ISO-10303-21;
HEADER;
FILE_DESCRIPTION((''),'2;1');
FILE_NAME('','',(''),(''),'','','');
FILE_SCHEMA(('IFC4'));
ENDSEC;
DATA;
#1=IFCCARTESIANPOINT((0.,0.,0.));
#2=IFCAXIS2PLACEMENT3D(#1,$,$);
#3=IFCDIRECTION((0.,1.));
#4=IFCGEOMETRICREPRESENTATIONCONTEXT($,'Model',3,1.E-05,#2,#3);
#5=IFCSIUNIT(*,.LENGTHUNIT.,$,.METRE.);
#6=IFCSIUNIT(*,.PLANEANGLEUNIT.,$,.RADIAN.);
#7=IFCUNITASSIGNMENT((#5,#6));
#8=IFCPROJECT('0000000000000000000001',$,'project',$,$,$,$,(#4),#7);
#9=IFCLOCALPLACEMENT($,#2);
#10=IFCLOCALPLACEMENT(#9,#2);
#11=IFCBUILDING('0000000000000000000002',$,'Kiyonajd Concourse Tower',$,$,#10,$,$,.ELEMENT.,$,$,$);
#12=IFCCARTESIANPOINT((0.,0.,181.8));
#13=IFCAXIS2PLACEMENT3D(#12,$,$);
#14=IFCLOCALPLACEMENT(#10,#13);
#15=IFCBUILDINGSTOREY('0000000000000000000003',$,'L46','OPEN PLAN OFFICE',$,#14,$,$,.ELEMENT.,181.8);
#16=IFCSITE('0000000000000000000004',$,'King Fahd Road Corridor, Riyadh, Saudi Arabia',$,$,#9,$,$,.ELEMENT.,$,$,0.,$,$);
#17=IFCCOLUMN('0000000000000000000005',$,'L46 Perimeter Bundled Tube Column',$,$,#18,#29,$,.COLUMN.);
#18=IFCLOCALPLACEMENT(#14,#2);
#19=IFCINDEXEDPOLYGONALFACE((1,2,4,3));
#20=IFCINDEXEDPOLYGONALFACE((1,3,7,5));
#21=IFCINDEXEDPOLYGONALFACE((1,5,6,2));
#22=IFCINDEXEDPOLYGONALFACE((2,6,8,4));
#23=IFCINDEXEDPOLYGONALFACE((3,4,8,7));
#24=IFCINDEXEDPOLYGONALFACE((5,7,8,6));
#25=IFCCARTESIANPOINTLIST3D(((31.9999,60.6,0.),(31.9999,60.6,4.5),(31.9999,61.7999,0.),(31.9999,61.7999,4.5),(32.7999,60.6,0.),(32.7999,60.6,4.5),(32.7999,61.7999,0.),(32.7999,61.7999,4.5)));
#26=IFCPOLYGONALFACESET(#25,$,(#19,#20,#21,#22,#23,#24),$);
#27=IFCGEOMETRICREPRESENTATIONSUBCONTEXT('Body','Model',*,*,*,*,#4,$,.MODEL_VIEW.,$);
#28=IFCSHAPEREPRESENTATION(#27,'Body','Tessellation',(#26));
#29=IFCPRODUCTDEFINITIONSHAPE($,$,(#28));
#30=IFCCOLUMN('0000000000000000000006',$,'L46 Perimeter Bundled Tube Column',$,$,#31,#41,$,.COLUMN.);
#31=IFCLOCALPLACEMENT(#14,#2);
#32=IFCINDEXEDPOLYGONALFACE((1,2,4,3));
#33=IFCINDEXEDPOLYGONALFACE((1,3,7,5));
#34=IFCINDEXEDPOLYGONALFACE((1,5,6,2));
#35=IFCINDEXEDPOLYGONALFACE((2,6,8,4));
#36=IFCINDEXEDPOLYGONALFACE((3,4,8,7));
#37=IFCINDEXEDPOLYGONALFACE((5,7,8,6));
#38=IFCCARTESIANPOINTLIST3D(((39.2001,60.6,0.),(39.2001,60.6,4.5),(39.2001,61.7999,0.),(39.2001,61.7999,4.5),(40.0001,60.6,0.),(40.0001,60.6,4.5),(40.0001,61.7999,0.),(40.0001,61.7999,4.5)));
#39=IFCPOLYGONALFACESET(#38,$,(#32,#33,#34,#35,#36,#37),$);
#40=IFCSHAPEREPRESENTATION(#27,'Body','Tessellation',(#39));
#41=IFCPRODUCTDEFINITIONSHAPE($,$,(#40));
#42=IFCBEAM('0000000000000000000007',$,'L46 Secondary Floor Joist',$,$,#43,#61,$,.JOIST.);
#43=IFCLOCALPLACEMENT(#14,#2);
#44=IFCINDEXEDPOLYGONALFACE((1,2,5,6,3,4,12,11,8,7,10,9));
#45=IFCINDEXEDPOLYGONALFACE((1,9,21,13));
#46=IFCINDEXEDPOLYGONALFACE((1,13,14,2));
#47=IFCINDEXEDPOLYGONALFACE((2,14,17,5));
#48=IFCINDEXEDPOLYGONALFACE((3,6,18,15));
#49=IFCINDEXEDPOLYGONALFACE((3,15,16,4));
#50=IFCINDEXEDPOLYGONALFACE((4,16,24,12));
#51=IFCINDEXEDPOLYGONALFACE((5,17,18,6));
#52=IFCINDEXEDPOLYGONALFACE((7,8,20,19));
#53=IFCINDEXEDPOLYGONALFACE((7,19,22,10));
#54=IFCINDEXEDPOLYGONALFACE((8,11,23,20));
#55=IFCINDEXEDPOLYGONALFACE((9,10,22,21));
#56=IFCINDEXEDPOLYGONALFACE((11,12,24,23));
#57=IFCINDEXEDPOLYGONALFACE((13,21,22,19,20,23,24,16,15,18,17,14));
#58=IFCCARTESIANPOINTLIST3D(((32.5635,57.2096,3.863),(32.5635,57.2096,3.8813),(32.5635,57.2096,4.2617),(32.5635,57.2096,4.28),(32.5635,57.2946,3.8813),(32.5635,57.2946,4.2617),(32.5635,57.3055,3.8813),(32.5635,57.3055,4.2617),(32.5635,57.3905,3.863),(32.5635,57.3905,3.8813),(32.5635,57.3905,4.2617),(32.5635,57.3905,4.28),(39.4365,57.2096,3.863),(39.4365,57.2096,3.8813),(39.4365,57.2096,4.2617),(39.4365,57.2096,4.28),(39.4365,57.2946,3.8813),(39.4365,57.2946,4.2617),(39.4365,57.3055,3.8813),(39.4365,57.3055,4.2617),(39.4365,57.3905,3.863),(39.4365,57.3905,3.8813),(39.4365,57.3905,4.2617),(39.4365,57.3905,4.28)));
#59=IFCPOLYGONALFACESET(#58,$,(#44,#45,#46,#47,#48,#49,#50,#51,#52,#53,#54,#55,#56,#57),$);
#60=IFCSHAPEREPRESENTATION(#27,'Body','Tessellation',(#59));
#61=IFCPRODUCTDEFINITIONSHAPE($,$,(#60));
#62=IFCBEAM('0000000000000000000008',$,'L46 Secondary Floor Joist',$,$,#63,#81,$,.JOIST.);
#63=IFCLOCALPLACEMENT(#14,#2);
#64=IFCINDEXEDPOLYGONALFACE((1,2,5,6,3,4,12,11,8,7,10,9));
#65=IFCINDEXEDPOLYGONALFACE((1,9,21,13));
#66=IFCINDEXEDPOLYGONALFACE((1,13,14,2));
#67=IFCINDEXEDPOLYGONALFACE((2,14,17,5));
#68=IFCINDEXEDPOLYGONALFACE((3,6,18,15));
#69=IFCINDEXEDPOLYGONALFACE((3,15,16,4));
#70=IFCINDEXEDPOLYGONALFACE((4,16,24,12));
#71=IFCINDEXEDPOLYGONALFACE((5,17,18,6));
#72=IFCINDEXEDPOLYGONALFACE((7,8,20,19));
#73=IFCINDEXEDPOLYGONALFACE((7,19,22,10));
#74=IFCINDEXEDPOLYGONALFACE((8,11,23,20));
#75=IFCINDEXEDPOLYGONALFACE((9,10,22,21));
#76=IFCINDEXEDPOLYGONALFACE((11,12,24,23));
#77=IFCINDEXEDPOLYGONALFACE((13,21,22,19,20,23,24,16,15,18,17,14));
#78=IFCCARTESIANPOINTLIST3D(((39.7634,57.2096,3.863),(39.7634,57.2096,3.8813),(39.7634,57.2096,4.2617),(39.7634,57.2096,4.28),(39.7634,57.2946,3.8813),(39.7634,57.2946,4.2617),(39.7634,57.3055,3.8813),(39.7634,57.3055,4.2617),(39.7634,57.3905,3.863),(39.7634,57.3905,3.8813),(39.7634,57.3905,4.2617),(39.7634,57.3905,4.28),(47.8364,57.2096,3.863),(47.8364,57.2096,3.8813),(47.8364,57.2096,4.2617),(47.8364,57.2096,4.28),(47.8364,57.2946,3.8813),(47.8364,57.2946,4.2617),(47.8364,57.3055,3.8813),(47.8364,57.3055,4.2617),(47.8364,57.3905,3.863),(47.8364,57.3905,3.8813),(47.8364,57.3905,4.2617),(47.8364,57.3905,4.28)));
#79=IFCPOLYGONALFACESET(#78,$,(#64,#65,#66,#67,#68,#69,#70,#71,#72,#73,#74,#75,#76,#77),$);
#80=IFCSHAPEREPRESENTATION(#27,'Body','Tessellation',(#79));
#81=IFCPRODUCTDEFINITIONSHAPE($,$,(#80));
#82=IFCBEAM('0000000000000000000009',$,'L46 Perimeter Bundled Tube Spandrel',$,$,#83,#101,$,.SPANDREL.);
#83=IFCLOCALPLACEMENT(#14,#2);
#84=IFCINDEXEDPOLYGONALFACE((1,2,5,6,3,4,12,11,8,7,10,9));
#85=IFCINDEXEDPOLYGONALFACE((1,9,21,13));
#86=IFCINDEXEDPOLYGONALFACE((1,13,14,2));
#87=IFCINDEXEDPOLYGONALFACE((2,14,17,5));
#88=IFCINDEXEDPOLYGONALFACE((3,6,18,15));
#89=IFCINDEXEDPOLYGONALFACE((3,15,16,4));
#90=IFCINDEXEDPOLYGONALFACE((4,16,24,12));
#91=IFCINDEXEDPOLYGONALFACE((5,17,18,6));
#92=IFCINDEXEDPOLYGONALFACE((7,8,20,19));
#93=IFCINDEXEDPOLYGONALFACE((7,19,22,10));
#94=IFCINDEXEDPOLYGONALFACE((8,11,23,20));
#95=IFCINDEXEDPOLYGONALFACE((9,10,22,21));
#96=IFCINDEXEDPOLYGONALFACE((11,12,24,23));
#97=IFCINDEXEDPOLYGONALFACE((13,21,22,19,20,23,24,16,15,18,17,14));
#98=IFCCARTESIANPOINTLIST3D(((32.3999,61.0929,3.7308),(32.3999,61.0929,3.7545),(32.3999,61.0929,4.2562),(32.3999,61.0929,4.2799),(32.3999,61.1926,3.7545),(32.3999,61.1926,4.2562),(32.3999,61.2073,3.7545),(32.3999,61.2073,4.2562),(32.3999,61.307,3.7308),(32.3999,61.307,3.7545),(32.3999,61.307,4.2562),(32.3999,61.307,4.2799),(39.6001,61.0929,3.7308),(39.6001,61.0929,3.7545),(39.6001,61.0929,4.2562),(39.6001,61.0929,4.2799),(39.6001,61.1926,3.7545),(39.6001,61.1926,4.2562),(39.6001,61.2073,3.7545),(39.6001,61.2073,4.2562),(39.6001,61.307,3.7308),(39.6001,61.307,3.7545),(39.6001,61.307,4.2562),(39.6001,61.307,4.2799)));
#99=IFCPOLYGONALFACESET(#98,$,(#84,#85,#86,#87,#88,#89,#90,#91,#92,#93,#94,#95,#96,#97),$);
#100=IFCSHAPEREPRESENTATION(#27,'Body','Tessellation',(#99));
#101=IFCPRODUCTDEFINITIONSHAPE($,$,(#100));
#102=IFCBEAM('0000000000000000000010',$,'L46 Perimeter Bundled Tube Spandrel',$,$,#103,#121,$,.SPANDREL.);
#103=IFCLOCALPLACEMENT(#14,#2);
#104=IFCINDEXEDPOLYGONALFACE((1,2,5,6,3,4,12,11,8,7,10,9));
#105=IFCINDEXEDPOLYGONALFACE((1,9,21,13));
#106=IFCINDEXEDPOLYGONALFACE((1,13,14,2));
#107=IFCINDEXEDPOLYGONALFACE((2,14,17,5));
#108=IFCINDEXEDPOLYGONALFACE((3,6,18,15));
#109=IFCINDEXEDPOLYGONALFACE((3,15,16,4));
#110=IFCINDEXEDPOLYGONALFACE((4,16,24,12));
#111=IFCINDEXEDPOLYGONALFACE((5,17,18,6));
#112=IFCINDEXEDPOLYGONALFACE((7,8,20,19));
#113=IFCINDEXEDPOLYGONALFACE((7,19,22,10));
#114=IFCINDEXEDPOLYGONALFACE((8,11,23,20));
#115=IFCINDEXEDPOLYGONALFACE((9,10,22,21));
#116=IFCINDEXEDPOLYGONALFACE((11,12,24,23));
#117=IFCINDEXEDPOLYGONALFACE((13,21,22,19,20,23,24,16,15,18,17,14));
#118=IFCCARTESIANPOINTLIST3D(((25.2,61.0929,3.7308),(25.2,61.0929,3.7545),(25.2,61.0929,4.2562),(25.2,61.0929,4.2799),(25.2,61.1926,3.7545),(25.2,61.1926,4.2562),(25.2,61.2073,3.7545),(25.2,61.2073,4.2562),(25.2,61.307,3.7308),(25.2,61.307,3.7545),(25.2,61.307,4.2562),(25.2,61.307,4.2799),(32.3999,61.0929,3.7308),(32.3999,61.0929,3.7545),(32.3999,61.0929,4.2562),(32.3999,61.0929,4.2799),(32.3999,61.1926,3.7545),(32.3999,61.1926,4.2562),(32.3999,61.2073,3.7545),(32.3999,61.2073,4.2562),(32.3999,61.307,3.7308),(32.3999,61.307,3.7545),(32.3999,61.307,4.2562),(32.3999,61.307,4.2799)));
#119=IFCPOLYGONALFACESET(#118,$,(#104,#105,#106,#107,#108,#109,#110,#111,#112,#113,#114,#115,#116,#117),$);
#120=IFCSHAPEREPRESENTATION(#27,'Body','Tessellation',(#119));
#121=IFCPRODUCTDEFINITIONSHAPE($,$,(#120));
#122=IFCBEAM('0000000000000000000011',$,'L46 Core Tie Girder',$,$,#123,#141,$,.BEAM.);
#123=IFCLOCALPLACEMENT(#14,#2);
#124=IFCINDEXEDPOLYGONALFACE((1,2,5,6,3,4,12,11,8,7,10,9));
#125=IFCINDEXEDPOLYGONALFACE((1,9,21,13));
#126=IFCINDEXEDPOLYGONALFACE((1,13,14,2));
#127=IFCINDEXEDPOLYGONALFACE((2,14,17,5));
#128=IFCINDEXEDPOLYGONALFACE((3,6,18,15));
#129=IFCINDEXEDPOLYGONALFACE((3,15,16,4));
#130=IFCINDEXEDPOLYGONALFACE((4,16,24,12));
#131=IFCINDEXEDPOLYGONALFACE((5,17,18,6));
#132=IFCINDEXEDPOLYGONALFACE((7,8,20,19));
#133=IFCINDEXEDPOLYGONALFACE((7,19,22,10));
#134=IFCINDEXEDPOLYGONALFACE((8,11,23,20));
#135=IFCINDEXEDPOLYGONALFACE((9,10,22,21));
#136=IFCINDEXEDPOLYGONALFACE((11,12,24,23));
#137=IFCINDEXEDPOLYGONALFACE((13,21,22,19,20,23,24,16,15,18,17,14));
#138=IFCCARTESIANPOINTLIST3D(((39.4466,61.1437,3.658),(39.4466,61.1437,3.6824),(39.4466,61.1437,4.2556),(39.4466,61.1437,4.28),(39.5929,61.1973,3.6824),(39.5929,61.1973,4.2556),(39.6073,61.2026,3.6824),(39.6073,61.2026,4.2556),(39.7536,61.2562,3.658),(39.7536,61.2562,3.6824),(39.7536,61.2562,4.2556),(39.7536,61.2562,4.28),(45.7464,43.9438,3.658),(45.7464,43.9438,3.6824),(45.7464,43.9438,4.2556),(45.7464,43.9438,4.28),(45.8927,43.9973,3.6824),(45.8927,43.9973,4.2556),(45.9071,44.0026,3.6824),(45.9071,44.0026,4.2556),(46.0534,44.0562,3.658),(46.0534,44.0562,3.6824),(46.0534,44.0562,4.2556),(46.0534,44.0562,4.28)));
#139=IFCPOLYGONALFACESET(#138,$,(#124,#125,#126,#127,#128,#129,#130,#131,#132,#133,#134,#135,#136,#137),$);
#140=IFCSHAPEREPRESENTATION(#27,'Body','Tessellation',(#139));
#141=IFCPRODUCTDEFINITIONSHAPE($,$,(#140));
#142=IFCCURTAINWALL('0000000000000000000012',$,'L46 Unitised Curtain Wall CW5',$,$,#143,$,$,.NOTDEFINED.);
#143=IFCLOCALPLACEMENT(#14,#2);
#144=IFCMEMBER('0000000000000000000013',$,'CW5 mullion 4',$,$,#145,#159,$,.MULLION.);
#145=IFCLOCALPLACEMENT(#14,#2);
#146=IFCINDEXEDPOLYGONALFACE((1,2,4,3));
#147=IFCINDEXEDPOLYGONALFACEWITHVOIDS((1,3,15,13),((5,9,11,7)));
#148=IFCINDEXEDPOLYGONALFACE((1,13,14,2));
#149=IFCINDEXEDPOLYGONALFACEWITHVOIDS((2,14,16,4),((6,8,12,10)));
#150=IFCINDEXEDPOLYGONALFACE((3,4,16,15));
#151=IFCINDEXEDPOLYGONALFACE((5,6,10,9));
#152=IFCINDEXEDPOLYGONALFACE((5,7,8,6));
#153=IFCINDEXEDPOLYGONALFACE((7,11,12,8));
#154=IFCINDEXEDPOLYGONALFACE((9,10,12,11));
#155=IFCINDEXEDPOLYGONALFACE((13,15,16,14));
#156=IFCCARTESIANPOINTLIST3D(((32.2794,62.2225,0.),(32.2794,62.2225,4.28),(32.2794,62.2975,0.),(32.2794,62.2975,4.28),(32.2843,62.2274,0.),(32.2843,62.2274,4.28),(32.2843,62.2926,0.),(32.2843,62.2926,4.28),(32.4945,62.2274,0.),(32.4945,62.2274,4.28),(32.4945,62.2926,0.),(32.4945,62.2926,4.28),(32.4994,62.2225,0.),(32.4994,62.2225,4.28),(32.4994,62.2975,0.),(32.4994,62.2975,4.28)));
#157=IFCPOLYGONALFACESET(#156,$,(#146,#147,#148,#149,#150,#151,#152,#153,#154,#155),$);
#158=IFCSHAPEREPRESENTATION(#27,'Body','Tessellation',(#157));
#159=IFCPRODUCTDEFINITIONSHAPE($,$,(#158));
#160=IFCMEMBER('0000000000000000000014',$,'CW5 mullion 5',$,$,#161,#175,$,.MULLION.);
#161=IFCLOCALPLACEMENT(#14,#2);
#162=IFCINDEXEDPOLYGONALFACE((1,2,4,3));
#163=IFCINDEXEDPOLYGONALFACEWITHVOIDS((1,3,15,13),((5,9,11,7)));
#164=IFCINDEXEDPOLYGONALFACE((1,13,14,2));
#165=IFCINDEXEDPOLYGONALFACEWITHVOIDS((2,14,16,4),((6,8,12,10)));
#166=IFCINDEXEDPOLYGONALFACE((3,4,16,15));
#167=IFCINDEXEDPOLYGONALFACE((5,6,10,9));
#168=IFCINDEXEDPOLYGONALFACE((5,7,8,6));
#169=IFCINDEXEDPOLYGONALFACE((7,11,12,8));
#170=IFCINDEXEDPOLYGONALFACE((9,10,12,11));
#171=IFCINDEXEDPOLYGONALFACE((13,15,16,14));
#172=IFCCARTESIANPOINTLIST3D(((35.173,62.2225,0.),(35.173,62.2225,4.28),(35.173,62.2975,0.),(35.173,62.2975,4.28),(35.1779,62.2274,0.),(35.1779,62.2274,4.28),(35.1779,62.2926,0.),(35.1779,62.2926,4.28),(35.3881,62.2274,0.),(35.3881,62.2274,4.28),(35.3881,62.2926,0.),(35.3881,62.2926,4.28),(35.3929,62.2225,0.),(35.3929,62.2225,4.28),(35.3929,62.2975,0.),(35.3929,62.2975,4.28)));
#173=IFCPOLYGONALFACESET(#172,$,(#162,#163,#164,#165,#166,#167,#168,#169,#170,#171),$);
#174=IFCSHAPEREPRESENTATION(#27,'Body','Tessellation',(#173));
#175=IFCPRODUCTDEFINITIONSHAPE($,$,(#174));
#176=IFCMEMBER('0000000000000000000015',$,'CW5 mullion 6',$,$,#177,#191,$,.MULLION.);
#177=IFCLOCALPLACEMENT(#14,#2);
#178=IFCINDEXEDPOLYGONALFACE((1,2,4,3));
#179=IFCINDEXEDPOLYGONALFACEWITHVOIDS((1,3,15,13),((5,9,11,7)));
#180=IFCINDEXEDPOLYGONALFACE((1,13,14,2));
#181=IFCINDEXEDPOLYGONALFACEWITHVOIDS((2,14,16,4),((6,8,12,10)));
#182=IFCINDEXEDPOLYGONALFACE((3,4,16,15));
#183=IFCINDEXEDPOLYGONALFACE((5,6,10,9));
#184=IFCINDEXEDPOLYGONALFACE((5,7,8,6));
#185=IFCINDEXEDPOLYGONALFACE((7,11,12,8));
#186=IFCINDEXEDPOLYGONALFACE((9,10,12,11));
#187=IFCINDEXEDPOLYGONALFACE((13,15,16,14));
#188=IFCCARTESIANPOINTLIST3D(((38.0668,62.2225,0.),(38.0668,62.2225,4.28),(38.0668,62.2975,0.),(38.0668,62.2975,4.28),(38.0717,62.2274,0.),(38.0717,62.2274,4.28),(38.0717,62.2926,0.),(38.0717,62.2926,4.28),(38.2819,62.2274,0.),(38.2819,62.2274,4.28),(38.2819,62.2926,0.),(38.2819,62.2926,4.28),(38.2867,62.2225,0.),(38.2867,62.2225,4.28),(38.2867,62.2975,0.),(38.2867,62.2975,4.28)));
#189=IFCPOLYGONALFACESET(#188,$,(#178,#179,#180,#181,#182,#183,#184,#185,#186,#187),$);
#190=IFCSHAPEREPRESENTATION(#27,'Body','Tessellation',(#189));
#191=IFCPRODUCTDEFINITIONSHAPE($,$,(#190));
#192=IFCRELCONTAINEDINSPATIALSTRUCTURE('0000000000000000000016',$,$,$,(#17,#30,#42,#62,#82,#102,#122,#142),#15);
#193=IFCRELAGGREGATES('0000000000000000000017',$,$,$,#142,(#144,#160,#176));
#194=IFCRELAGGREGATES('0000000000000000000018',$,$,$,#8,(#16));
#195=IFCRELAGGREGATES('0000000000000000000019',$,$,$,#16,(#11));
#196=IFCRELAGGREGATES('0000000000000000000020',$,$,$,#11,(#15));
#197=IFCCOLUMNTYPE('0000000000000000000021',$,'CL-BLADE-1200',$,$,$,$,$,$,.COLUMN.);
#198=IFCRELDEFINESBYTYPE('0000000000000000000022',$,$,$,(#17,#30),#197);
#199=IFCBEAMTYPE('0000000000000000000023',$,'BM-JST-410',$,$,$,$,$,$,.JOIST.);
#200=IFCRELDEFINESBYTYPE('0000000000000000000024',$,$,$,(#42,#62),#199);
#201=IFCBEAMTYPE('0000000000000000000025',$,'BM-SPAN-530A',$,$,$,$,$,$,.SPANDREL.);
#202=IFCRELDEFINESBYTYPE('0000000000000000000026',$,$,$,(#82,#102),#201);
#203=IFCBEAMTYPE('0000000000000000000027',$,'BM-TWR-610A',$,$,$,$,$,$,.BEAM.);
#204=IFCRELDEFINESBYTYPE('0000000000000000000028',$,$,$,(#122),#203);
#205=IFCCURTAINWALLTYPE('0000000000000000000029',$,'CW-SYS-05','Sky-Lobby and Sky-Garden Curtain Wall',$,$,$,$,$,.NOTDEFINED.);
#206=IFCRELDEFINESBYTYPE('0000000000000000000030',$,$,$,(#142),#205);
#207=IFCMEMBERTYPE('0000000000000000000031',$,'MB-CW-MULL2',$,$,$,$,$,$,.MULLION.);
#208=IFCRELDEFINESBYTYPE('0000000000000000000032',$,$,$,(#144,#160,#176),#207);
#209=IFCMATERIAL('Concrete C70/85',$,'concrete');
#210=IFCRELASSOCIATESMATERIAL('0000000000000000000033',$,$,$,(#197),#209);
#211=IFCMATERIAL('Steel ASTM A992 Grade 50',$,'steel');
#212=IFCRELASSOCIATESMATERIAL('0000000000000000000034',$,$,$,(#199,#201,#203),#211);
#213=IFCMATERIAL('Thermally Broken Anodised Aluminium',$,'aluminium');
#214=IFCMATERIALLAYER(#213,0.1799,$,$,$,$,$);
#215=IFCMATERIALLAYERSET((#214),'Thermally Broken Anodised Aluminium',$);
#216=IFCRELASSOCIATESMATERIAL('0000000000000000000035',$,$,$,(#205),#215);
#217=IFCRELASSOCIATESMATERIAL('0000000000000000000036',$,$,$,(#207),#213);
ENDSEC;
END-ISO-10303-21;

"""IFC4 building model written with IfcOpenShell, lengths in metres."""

from ifc_helpers import new_model, si_unit, direction, frame, origin, origin_2d, place, context, subcontext, project, spatial, rectangle, hollow_rectangle, i_section, extrude, material, layer, layer_set, material_profile, profile_set, type_object, element, aggregate, save


model = new_model("IFC4")

# Units and contexts
model_context = context("Model", 3, precision=1e-05, world=origin(), true_north=direction((0.0, 1.0)))
body_context = subcontext(model_context, "Body", "Model", "MODEL_VIEW")
ifc_project = project(units=[si_unit("LENGTHUNIT", "METRE"), si_unit("PLANEANGLEUNIT", "RADIAN")], contexts=[model_context])

# Site, building, storey
site_placement = place(None, origin())
site = spatial("IfcSite", under=ifc_project, at=site_placement, Name="King Fahd Road Corridor, Riyadh, Saudi Arabia", CompositionType="ELEMENT", RefElevation=0.0)
building_placement = place(site_placement, origin())
building = spatial("IfcBuilding", under=site, at=building_placement, Name="Kiyonajd Concourse Tower", CompositionType="ELEMENT")
storey_placement = place(building_placement, frame((0.0, 0.0, 181.8)))
storey = spatial("IfcBuildingStorey", under=building, at=storey_placement, Name="L46", Description="OPEN PLAN OFFICE", CompositionType="ELEMENT", Elevation=181.8)

# Columns
ifc_material_1 = material(Name="Concrete C70/85", Category="concrete")
ifc_material_profile_1 = material_profile(ifc_material_1, rectangle(XDim=0.8, YDim=1.2, at=origin_2d()), Name="RC-1200x800")
ifc_profile_set_1 = profile_set([ifc_material_profile_1], Name="Concrete C70/85")
column_type = type_object("IfcColumnType", Name="CL-BLADE-1200", PredefinedType="COLUMN", material=ifc_profile_set_1)
for number, where, z_axis, x_axis, name in (
    (1, (32.3999, 61.2, 0.0), (0.0, 0.0, 1.0), (1.0, 0.0, 0.0), "L46 Perimeter Bundled Tube Column"),
    (2, (39.6001, 61.2, 0.0), (0.0, 0.0, 1.0), (1.0, 0.0, 0.0), "L46 Perimeter Bundled Tube Column"),
):
    element("IfcColumn", number, at=place(storey_placement, frame(where, z_axis=z_axis, x_axis=x_axis)), inside=storey, type_object=column_type, Name=name, PredefinedType="COLUMN", context=body_context, shape_type="SweptSolid", body=[
        extrude(rectangle(XDim=0.8, YDim=1.2, at=origin_2d()), origin(), (0.0, 0.0, 1.0), 4.5),
    ])

# Beams
ifc_material_2 = material(Name="Steel ASTM A992 Grade 50", Category="steel")
ifc_material_profile_2 = material_profile(ifc_material_2, i_section(OverallWidth=0.1809, OverallDepth=0.417, WebThickness=0.011, FlangeThickness=0.0183, at=origin_2d()), Name="W410X85")
ifc_profile_set_2 = profile_set([ifc_material_profile_2], Name="Steel ASTM A992 Grade 50")
beam_type_1 = type_object("IfcBeamType", Name="BM-JST-410", PredefinedType="JOIST", material=ifc_profile_set_2)
beam_1_placement = place(storey_placement, frame((32.5635, 57.3, 4.0715), z_axis=(1.0, 0.0, 0.0), x_axis=(0.0, 1.0, 0.0)))
element("IfcBeam", 3, at=beam_1_placement, inside=storey, type_object=beam_type_1, Name="L46 Secondary Floor Joist", PredefinedType="JOIST", context=body_context, shape_type="SweptSolid", body=[
    extrude(i_section(OverallWidth=0.1809, OverallDepth=0.417, WebThickness=0.011, FlangeThickness=0.0183, at=origin_2d()), origin(), (0.0, 0.0, 1.0), 6.873),
])
beam_2_placement = place(storey_placement, frame((39.7634, 57.3, 4.0715), z_axis=(1.0, 0.0, 0.0), x_axis=(0.0, 1.0, 0.0)))
element("IfcBeam", 4, at=beam_2_placement, inside=storey, type_object=beam_type_1, Name="L46 Secondary Floor Joist", PredefinedType="JOIST", context=body_context, shape_type="SweptSolid", body=[
    extrude(i_section(OverallWidth=0.1809, OverallDepth=0.417, WebThickness=0.011, FlangeThickness=0.0183, at=origin_2d()), origin(), (0.0, 0.0, 1.0), 8.073),
])
ifc_material_profile_3 = material_profile(ifc_material_2, i_section(OverallWidth=0.2141, OverallDepth=0.5491, WebThickness=0.0146, FlangeThickness=0.0237, at=origin_2d()), Name="W530X138")
ifc_profile_set_3 = profile_set([ifc_material_profile_3], Name="Steel ASTM A992 Grade 50")
beam_type_2 = type_object("IfcBeamType", Name="BM-SPAN-530A", PredefinedType="SPANDREL", material=ifc_profile_set_3)
beam_3_placement = place(storey_placement, frame((39.6001, 61.2, 4.0054), z_axis=(-1.0, 0.0, 0.0), x_axis=(0.0, -1.0, 0.0)))
element("IfcBeam", 5, at=beam_3_placement, inside=storey, type_object=beam_type_2, Name="L46 Perimeter Bundled Tube Spandrel", PredefinedType="SPANDREL", context=body_context, shape_type="SweptSolid", body=[
    extrude(i_section(OverallWidth=0.2141, OverallDepth=0.5491, WebThickness=0.0146, FlangeThickness=0.0237, at=origin_2d()), origin(), (0.0, 0.0, 1.0), 7.2002),
])
beam_4_placement = place(storey_placement, frame((32.3999, 61.2, 4.0054), z_axis=(-1.0, 0.0, 0.0), x_axis=(0.0, -1.0, 0.0)))
element("IfcBeam", 6, at=beam_4_placement, inside=storey, type_object=beam_type_2, Name="L46 Perimeter Bundled Tube Spandrel", PredefinedType="SPANDREL", context=body_context, shape_type="SweptSolid", body=[
    extrude(i_section(OverallWidth=0.2141, OverallDepth=0.5491, WebThickness=0.0146, FlangeThickness=0.0237, at=origin_2d()), origin(), (0.0, 0.0, 1.0), 7.2),
])
ifc_material_profile_4 = material_profile(ifc_material_2, i_section(OverallWidth=0.3269, OverallDepth=0.6221, WebThickness=0.0154, FlangeThickness=0.0244, at=origin_2d()), Name="W610X195")
ifc_profile_set_4 = profile_set([ifc_material_profile_4], Name="Steel ASTM A992 Grade 50")
beam_type_3 = type_object("IfcBeamType", Name="BM-TWR-610A", PredefinedType="BEAM", material=ifc_profile_set_4)
beam_5_placement = place(storey_placement, frame((39.6001, 61.2, 3.969), z_axis=(0.343925, -0.938997, 0.0), x_axis=(0.938997, 0.343925, 0.0)))
element("IfcBeam", 7, at=beam_5_placement, inside=storey, type_object=beam_type_3, Name="L46 Core Tie Girder", PredefinedType="BEAM", context=body_context, shape_type="SweptSolid", body=[
    extrude(i_section(OverallWidth=0.3269, OverallDepth=0.6221, WebThickness=0.0154, FlangeThickness=0.0244, at=origin_2d()), origin(), (0.0, 0.0, 1.0), 18.3174),
])

# Curtain wall, members
ifc_material_3 = material(Name="Thermally Broken Anodised Aluminium", Category="aluminium")
ifc_layer_1 = layer(ifc_material_3, 0.1799)
ifc_layer_set_1 = layer_set([ifc_layer_1], Name="Thermally Broken Anodised Aluminium")
curtain_wall_type = type_object("IfcCurtainWallType", Name="CW-SYS-05", Description="Sky-Lobby and Sky-Garden Curtain Wall", PredefinedType="NOTDEFINED", material=ifc_layer_set_1)
curtain_wall_placement = place(storey_placement, origin())
curtain_wall = element("IfcCurtainWall", 8, at=curtain_wall_placement, inside=storey, type_object=curtain_wall_type, Name="L46 Unitised Curtain Wall CW5", PredefinedType="NOTDEFINED")
ifc_material_profile_5 = material_profile(ifc_material_3, hollow_rectangle(XDim=0.075, YDim=0.22, WallThickness=0.0049, at=origin_2d()), Name="MULL-75x220")
ifc_profile_set_5 = profile_set([ifc_material_profile_5], Name="Thermally Broken Anodised Aluminium")
member_type_1 = type_object("IfcMemberType", Name="MB-CW-MULL2", PredefinedType="MULLION", material=ifc_profile_set_5)
member_1_placement = place(storey_placement, frame((32.3894, 62.26, 0.0), z_axis=(0.0, 0.0, 1.0), x_axis=(0.0, 1.0, 0.0)))
member_1 = element("IfcMember", 9, at=member_1_placement, type_object=member_type_1, Name="CW5 mullion 4", PredefinedType="MULLION", context=body_context, shape_type="SweptSolid", body=[
    extrude(hollow_rectangle(XDim=0.075, YDim=0.22, WallThickness=0.0049, at=origin_2d()), origin(), (0.0, 0.0, 1.0), 4.28),
])
member_2_placement = place(storey_placement, frame((35.283, 62.26, 0.0), z_axis=(0.0, 0.0, 1.0), x_axis=(0.0, 1.0, 0.0)))
member_2 = element("IfcMember", 10, at=member_2_placement, type_object=member_type_1, Name="CW5 mullion 5", PredefinedType="MULLION", context=body_context, shape_type="SweptSolid", body=[
    extrude(hollow_rectangle(XDim=0.075, YDim=0.22, WallThickness=0.0049, at=origin_2d()), origin(), (0.0, 0.0, 1.0), 4.28),
])
member_3_placement = place(storey_placement, frame((38.1768, 62.26, 0.0), z_axis=(0.0, 0.0, 1.0), x_axis=(0.0, 1.0, 0.0)))
member_3 = element("IfcMember", 11, at=member_3_placement, type_object=member_type_1, Name="CW5 mullion 6", PredefinedType="MULLION", context=body_context, shape_type="SweptSolid", body=[
    extrude(hollow_rectangle(XDim=0.075, YDim=0.22, WallThickness=0.0049, at=origin_2d()), origin(), (0.0, 0.0, 1.0), 4.28),
])

aggregate(curtain_wall, [member_1, member_2, member_3])

save(model, "model.ifc")
